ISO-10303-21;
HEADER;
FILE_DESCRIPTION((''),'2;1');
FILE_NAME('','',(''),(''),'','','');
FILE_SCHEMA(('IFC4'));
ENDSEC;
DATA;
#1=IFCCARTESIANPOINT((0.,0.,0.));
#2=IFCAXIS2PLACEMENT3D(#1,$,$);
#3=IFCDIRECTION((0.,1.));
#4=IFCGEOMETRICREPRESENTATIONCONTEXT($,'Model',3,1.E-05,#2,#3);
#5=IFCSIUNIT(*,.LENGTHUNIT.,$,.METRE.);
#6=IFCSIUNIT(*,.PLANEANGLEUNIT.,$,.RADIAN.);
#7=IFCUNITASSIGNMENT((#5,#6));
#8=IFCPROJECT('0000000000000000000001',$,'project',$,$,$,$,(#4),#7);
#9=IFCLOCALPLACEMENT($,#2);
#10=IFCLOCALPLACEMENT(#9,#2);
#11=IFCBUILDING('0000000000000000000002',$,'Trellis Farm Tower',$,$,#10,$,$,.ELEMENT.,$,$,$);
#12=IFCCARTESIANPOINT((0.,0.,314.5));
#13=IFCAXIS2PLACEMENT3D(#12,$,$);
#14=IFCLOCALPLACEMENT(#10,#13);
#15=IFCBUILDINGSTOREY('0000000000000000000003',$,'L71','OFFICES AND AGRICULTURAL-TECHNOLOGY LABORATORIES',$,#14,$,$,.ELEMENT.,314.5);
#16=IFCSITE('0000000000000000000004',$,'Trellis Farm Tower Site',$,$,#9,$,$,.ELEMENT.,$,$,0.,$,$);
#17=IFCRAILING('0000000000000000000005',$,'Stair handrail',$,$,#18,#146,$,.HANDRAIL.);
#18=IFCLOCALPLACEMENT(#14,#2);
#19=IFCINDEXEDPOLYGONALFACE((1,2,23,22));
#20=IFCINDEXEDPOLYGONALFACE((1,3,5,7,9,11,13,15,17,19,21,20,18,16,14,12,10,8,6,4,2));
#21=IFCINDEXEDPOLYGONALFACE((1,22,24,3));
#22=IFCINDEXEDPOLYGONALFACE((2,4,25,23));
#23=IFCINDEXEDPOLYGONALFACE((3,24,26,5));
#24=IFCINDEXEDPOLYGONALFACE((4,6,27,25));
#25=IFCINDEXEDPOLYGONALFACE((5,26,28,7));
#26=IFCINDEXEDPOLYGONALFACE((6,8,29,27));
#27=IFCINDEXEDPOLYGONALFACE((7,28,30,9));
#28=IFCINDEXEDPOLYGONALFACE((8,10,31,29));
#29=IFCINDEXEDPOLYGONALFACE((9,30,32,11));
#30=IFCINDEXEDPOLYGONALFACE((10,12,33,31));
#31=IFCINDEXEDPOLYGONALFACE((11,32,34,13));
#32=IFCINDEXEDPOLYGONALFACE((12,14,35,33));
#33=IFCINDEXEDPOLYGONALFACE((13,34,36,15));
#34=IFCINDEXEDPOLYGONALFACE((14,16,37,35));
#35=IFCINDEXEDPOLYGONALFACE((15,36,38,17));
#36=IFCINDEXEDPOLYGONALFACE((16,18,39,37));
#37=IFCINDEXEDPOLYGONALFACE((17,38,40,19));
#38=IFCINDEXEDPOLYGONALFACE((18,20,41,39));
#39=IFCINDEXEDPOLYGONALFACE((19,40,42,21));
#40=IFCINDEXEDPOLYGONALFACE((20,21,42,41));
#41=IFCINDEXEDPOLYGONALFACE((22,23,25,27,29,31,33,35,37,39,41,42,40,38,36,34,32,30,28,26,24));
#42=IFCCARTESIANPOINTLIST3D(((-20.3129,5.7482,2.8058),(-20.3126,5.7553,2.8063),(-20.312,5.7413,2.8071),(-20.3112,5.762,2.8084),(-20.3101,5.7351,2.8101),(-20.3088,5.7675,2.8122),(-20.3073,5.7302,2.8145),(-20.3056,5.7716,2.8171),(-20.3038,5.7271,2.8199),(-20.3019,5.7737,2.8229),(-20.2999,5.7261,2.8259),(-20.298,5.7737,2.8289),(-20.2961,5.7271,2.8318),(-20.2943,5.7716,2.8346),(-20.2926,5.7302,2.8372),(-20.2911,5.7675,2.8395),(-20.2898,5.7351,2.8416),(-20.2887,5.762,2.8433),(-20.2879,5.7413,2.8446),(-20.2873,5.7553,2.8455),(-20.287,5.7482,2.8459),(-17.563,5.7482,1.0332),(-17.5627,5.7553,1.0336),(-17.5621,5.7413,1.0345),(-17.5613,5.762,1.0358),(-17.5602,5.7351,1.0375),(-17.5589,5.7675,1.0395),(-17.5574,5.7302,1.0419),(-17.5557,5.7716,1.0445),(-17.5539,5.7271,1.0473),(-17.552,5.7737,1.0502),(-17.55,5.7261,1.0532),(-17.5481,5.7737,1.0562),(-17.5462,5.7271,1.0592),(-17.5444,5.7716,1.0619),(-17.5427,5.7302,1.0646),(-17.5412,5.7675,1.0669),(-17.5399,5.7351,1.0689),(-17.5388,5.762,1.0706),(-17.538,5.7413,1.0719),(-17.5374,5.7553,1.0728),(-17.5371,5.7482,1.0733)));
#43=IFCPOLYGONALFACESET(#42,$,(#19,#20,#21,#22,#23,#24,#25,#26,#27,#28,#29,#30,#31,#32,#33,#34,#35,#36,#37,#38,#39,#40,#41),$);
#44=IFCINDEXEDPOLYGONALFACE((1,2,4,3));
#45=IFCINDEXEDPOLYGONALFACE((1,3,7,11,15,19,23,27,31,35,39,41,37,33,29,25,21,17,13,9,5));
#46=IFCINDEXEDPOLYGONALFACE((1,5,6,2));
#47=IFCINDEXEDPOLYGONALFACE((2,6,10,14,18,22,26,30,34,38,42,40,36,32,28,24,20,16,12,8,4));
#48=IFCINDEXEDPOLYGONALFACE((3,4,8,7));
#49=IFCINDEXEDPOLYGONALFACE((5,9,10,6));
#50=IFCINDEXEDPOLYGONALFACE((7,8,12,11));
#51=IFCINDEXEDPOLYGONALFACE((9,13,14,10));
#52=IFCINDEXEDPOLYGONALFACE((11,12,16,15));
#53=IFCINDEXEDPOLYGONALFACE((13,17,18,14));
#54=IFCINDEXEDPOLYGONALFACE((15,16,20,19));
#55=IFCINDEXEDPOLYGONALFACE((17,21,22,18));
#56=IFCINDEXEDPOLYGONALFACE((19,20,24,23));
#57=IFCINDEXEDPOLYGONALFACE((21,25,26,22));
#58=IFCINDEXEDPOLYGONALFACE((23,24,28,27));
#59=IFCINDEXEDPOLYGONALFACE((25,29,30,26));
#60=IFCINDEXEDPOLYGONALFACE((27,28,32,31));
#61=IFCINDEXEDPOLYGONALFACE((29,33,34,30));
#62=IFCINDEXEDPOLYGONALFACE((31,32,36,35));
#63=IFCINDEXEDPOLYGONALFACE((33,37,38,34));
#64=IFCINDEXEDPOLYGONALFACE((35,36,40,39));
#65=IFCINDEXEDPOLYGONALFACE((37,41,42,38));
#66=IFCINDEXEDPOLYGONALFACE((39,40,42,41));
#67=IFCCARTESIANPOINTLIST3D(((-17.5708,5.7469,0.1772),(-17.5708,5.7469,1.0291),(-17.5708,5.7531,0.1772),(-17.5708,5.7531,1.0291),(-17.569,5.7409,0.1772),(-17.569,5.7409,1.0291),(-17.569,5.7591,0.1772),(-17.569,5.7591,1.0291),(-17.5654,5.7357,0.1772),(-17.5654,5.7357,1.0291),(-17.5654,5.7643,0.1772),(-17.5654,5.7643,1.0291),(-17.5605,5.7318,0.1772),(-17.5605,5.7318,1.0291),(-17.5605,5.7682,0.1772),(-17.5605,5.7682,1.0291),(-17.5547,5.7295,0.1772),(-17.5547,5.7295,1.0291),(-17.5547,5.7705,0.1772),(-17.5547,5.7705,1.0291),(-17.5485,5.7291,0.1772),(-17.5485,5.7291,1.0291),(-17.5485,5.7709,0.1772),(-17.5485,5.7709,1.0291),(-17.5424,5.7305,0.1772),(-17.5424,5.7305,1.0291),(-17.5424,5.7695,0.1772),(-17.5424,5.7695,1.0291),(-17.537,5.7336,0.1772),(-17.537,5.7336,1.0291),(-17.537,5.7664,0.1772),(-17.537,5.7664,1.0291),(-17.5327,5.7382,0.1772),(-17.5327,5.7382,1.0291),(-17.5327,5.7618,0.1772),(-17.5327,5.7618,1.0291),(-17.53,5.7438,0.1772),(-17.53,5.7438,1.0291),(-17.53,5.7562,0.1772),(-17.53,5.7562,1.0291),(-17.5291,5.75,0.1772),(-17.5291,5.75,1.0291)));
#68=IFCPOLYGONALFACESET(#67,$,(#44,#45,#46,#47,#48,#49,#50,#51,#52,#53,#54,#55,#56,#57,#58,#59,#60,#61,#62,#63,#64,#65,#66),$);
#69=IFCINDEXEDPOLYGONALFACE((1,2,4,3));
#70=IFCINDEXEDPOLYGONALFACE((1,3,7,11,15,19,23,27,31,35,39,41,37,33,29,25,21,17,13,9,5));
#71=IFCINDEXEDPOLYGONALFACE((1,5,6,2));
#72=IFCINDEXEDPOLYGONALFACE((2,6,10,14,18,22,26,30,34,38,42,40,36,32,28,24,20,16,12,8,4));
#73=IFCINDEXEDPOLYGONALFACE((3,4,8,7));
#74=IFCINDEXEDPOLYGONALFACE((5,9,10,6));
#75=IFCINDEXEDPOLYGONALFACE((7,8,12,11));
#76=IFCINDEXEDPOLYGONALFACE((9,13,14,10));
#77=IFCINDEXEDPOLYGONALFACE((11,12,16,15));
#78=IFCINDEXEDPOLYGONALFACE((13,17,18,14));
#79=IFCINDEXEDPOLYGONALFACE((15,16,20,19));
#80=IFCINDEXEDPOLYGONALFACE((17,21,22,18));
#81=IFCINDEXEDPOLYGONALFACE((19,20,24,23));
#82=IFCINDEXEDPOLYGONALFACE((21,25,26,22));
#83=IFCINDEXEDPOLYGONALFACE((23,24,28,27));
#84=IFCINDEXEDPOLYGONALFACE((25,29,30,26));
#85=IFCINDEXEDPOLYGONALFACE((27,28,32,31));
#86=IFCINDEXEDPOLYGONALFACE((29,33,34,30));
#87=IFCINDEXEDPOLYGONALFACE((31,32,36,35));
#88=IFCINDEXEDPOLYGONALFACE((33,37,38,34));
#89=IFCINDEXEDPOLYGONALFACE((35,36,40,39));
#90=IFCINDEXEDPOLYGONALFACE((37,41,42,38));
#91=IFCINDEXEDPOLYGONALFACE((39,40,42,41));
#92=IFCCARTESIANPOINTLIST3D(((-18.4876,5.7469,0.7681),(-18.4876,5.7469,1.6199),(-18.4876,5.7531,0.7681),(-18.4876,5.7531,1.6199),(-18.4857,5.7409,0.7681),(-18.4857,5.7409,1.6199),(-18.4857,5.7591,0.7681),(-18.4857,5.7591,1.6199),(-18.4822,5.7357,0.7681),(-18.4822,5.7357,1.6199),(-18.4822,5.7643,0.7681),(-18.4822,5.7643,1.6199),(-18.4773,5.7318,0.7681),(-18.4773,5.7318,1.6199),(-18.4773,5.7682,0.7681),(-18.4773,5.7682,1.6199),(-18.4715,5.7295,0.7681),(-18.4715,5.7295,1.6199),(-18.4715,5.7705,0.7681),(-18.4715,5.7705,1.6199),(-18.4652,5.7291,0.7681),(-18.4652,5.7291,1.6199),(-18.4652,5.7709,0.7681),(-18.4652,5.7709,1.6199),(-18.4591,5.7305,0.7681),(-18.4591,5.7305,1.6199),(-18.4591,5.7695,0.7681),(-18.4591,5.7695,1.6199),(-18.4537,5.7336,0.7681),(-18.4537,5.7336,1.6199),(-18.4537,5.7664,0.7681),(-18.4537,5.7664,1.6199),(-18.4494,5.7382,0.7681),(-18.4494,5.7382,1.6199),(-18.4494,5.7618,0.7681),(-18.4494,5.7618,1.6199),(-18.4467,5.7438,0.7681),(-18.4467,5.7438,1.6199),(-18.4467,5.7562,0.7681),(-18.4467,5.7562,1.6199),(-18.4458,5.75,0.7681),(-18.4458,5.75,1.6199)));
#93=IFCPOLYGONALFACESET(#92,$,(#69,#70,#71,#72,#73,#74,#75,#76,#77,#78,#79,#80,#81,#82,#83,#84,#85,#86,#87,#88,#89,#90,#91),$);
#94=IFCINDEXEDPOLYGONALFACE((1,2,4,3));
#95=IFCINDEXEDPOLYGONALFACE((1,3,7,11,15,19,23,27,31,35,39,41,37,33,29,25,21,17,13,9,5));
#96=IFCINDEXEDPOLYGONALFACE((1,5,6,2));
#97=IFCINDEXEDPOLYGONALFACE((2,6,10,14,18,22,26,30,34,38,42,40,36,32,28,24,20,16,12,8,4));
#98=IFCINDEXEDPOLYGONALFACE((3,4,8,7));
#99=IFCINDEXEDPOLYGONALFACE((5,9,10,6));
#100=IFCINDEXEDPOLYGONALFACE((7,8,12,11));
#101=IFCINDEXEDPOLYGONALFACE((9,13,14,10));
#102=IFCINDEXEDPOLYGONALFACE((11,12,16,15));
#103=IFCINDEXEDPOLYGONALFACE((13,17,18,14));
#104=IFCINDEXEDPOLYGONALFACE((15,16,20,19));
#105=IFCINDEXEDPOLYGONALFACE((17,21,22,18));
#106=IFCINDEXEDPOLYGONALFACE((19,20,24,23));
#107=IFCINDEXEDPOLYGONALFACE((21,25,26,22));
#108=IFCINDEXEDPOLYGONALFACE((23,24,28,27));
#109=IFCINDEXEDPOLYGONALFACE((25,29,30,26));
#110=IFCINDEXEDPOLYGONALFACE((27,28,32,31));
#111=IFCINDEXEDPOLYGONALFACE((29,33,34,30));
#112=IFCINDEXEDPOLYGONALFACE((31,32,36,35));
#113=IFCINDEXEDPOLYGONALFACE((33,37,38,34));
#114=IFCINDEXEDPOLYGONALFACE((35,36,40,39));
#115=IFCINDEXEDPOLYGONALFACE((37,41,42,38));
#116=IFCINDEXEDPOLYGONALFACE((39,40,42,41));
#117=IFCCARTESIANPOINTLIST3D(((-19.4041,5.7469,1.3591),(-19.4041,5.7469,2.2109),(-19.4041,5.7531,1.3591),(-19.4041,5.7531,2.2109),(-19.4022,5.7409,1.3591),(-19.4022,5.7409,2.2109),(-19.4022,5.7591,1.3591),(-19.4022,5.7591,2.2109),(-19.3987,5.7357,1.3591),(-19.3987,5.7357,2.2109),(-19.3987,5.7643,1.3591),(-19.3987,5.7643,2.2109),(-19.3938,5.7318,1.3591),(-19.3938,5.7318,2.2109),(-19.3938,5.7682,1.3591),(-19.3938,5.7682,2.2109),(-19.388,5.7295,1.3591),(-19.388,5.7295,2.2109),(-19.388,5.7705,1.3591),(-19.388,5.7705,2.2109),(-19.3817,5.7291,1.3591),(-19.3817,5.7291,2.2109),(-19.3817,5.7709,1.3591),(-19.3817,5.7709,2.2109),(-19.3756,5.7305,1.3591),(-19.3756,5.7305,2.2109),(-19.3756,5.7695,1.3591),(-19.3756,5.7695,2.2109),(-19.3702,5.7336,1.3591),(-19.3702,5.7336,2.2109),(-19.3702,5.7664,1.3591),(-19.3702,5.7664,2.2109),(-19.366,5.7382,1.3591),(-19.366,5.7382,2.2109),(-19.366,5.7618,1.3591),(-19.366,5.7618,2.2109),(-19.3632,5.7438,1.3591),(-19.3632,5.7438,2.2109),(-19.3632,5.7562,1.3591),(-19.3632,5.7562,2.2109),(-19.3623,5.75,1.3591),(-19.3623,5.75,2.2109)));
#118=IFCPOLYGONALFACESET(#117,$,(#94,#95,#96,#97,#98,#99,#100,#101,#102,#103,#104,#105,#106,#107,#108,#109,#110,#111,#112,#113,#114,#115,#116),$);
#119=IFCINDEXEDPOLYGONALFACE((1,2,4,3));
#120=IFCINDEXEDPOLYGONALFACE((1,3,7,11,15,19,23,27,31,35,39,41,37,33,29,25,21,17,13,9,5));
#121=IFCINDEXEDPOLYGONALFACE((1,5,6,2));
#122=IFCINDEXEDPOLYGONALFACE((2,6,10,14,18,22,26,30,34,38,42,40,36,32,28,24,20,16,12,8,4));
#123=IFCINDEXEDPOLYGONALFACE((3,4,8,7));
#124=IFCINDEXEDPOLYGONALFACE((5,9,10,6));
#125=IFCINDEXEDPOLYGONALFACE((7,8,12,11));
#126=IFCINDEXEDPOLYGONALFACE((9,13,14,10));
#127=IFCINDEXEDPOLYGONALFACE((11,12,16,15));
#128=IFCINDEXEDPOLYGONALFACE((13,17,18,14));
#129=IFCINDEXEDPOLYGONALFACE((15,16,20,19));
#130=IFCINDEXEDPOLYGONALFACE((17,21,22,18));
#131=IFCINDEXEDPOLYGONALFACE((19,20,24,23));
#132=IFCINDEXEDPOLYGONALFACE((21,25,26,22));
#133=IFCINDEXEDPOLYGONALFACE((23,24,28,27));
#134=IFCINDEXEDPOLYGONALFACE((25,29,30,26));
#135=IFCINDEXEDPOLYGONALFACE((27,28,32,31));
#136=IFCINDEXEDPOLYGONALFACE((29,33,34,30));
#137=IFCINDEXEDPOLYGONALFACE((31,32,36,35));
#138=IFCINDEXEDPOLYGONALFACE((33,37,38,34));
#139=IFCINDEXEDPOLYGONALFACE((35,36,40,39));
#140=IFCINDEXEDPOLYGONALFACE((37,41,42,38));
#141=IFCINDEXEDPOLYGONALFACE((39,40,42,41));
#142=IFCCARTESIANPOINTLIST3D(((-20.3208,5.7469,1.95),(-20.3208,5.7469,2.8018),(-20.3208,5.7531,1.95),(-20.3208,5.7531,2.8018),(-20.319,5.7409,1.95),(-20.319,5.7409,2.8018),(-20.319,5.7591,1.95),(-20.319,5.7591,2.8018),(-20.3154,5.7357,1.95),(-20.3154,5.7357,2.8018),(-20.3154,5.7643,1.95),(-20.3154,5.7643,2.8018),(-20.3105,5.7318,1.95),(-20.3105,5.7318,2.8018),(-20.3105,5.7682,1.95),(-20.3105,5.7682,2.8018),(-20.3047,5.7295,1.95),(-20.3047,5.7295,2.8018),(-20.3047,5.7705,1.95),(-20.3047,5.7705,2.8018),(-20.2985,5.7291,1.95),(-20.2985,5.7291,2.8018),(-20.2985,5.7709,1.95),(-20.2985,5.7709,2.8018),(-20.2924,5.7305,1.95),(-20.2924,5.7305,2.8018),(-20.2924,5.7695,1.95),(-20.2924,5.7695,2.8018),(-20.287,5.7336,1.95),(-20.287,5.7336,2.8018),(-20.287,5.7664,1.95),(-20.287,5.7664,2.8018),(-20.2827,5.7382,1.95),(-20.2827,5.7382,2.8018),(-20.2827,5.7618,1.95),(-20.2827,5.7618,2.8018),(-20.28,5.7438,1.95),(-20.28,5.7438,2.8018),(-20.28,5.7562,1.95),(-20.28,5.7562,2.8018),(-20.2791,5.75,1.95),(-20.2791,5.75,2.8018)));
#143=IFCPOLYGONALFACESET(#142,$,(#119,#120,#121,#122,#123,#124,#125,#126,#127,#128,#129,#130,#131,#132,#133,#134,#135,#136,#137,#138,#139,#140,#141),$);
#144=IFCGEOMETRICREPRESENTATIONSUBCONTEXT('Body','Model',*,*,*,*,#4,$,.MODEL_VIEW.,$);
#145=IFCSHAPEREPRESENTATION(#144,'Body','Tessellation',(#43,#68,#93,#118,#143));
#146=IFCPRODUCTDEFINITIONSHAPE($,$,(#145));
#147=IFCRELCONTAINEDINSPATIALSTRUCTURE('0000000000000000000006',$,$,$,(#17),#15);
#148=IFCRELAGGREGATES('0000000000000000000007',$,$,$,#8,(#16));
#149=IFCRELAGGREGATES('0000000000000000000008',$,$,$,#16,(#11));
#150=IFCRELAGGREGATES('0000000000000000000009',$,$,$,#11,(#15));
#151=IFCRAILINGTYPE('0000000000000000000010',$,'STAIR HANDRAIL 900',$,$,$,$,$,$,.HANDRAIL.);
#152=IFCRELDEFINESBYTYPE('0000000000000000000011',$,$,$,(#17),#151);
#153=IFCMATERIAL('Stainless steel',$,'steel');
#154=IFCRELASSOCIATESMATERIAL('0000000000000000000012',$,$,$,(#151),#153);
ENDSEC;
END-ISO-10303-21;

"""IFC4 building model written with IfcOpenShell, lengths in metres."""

from ifc_helpers import new_model, si_unit, direction, frame, origin, origin_2d, place, context, subcontext, project, spatial, circle, extrude, source, transform, mapped, material, type_object, element, save


model = new_model("IFC4")

# Units and contexts
model_context = context("Model", 3, precision=1e-05, world=origin(), true_north=direction((0.0, 1.0)))
body_context = subcontext(model_context, "Body", "Model", "MODEL_VIEW")
ifc_project = project(units=[si_unit("LENGTHUNIT", "METRE"), si_unit("PLANEANGLEUNIT", "RADIAN")], contexts=[model_context])

# Site, building, storey
site_placement = place(None, origin())
site = spatial("IfcSite", under=ifc_project, at=site_placement, Name="Trellis Farm Tower Site", CompositionType="ELEMENT", RefElevation=0.0)
building_placement = place(site_placement, origin())
building = spatial("IfcBuilding", under=site, at=building_placement, Name="Trellis Farm Tower", CompositionType="ELEMENT")
storey_placement = place(building_placement, frame((0.0, 0.0, 314.5)))
storey = spatial("IfcBuildingStorey", under=building, at=storey_placement, Name="L71", Description="OFFICES AND AGRICULTURAL-TECHNOLOGY LABORATORIES", CompositionType="ELEMENT", Elevation=314.5)

# Railing
ifc_material_1 = material(Name="Stainless steel", Category="steel")
railing_type = type_object("IfcRailingType", Name="STAIR HANDRAIL 900", PredefinedType="HANDRAIL", material=ifc_material_1)
shared_shape_1 = source(origin(), body_context, "Body", "SweptSolid", [
    extrude(circle(Radius=0.0239, at=origin_2d()), frame((0.0, 0.0, 0.876), z_axis=(-0.840504, 0.0, 0.541806), x_axis=(0.0, -1.0, 0.0)), (0.0, 0.0, 1.0), 3.2717),
    extrude(circle(Radius=0.021, at=origin_2d()), origin(), (0.0, 0.0, 1.0), 0.8518),
    extrude(circle(Radius=0.021, at=origin_2d()), frame((-0.9167, 0.0, 0.5908)), (0.0, 0.0, 1.0), 0.8518),
    extrude(circle(Radius=0.021, at=origin_2d()), frame((-1.8333, 0.0, 1.1819)), (0.0, 0.0, 1.0), 0.8518),
    extrude(circle(Radius=0.021, at=origin_2d()), frame((-2.75, 0.0, 1.7727)), (0.0, 0.0, 1.0), 0.8518),
])
for number, where, name in (
    (1, (-17.55, 5.75, 0.1772), "Stair handrail"),
):
    element("IfcRailing", number, at=place(storey_placement, frame(where)), inside=storey, type_object=railing_type, Name=name, PredefinedType="HANDRAIL", context=body_context, shape_type="MappedRepresentation", body=[
        mapped(shared_shape_1, transform((0.0, 0.0, 0.0))),
    ])

save(model, "model.ifc")
